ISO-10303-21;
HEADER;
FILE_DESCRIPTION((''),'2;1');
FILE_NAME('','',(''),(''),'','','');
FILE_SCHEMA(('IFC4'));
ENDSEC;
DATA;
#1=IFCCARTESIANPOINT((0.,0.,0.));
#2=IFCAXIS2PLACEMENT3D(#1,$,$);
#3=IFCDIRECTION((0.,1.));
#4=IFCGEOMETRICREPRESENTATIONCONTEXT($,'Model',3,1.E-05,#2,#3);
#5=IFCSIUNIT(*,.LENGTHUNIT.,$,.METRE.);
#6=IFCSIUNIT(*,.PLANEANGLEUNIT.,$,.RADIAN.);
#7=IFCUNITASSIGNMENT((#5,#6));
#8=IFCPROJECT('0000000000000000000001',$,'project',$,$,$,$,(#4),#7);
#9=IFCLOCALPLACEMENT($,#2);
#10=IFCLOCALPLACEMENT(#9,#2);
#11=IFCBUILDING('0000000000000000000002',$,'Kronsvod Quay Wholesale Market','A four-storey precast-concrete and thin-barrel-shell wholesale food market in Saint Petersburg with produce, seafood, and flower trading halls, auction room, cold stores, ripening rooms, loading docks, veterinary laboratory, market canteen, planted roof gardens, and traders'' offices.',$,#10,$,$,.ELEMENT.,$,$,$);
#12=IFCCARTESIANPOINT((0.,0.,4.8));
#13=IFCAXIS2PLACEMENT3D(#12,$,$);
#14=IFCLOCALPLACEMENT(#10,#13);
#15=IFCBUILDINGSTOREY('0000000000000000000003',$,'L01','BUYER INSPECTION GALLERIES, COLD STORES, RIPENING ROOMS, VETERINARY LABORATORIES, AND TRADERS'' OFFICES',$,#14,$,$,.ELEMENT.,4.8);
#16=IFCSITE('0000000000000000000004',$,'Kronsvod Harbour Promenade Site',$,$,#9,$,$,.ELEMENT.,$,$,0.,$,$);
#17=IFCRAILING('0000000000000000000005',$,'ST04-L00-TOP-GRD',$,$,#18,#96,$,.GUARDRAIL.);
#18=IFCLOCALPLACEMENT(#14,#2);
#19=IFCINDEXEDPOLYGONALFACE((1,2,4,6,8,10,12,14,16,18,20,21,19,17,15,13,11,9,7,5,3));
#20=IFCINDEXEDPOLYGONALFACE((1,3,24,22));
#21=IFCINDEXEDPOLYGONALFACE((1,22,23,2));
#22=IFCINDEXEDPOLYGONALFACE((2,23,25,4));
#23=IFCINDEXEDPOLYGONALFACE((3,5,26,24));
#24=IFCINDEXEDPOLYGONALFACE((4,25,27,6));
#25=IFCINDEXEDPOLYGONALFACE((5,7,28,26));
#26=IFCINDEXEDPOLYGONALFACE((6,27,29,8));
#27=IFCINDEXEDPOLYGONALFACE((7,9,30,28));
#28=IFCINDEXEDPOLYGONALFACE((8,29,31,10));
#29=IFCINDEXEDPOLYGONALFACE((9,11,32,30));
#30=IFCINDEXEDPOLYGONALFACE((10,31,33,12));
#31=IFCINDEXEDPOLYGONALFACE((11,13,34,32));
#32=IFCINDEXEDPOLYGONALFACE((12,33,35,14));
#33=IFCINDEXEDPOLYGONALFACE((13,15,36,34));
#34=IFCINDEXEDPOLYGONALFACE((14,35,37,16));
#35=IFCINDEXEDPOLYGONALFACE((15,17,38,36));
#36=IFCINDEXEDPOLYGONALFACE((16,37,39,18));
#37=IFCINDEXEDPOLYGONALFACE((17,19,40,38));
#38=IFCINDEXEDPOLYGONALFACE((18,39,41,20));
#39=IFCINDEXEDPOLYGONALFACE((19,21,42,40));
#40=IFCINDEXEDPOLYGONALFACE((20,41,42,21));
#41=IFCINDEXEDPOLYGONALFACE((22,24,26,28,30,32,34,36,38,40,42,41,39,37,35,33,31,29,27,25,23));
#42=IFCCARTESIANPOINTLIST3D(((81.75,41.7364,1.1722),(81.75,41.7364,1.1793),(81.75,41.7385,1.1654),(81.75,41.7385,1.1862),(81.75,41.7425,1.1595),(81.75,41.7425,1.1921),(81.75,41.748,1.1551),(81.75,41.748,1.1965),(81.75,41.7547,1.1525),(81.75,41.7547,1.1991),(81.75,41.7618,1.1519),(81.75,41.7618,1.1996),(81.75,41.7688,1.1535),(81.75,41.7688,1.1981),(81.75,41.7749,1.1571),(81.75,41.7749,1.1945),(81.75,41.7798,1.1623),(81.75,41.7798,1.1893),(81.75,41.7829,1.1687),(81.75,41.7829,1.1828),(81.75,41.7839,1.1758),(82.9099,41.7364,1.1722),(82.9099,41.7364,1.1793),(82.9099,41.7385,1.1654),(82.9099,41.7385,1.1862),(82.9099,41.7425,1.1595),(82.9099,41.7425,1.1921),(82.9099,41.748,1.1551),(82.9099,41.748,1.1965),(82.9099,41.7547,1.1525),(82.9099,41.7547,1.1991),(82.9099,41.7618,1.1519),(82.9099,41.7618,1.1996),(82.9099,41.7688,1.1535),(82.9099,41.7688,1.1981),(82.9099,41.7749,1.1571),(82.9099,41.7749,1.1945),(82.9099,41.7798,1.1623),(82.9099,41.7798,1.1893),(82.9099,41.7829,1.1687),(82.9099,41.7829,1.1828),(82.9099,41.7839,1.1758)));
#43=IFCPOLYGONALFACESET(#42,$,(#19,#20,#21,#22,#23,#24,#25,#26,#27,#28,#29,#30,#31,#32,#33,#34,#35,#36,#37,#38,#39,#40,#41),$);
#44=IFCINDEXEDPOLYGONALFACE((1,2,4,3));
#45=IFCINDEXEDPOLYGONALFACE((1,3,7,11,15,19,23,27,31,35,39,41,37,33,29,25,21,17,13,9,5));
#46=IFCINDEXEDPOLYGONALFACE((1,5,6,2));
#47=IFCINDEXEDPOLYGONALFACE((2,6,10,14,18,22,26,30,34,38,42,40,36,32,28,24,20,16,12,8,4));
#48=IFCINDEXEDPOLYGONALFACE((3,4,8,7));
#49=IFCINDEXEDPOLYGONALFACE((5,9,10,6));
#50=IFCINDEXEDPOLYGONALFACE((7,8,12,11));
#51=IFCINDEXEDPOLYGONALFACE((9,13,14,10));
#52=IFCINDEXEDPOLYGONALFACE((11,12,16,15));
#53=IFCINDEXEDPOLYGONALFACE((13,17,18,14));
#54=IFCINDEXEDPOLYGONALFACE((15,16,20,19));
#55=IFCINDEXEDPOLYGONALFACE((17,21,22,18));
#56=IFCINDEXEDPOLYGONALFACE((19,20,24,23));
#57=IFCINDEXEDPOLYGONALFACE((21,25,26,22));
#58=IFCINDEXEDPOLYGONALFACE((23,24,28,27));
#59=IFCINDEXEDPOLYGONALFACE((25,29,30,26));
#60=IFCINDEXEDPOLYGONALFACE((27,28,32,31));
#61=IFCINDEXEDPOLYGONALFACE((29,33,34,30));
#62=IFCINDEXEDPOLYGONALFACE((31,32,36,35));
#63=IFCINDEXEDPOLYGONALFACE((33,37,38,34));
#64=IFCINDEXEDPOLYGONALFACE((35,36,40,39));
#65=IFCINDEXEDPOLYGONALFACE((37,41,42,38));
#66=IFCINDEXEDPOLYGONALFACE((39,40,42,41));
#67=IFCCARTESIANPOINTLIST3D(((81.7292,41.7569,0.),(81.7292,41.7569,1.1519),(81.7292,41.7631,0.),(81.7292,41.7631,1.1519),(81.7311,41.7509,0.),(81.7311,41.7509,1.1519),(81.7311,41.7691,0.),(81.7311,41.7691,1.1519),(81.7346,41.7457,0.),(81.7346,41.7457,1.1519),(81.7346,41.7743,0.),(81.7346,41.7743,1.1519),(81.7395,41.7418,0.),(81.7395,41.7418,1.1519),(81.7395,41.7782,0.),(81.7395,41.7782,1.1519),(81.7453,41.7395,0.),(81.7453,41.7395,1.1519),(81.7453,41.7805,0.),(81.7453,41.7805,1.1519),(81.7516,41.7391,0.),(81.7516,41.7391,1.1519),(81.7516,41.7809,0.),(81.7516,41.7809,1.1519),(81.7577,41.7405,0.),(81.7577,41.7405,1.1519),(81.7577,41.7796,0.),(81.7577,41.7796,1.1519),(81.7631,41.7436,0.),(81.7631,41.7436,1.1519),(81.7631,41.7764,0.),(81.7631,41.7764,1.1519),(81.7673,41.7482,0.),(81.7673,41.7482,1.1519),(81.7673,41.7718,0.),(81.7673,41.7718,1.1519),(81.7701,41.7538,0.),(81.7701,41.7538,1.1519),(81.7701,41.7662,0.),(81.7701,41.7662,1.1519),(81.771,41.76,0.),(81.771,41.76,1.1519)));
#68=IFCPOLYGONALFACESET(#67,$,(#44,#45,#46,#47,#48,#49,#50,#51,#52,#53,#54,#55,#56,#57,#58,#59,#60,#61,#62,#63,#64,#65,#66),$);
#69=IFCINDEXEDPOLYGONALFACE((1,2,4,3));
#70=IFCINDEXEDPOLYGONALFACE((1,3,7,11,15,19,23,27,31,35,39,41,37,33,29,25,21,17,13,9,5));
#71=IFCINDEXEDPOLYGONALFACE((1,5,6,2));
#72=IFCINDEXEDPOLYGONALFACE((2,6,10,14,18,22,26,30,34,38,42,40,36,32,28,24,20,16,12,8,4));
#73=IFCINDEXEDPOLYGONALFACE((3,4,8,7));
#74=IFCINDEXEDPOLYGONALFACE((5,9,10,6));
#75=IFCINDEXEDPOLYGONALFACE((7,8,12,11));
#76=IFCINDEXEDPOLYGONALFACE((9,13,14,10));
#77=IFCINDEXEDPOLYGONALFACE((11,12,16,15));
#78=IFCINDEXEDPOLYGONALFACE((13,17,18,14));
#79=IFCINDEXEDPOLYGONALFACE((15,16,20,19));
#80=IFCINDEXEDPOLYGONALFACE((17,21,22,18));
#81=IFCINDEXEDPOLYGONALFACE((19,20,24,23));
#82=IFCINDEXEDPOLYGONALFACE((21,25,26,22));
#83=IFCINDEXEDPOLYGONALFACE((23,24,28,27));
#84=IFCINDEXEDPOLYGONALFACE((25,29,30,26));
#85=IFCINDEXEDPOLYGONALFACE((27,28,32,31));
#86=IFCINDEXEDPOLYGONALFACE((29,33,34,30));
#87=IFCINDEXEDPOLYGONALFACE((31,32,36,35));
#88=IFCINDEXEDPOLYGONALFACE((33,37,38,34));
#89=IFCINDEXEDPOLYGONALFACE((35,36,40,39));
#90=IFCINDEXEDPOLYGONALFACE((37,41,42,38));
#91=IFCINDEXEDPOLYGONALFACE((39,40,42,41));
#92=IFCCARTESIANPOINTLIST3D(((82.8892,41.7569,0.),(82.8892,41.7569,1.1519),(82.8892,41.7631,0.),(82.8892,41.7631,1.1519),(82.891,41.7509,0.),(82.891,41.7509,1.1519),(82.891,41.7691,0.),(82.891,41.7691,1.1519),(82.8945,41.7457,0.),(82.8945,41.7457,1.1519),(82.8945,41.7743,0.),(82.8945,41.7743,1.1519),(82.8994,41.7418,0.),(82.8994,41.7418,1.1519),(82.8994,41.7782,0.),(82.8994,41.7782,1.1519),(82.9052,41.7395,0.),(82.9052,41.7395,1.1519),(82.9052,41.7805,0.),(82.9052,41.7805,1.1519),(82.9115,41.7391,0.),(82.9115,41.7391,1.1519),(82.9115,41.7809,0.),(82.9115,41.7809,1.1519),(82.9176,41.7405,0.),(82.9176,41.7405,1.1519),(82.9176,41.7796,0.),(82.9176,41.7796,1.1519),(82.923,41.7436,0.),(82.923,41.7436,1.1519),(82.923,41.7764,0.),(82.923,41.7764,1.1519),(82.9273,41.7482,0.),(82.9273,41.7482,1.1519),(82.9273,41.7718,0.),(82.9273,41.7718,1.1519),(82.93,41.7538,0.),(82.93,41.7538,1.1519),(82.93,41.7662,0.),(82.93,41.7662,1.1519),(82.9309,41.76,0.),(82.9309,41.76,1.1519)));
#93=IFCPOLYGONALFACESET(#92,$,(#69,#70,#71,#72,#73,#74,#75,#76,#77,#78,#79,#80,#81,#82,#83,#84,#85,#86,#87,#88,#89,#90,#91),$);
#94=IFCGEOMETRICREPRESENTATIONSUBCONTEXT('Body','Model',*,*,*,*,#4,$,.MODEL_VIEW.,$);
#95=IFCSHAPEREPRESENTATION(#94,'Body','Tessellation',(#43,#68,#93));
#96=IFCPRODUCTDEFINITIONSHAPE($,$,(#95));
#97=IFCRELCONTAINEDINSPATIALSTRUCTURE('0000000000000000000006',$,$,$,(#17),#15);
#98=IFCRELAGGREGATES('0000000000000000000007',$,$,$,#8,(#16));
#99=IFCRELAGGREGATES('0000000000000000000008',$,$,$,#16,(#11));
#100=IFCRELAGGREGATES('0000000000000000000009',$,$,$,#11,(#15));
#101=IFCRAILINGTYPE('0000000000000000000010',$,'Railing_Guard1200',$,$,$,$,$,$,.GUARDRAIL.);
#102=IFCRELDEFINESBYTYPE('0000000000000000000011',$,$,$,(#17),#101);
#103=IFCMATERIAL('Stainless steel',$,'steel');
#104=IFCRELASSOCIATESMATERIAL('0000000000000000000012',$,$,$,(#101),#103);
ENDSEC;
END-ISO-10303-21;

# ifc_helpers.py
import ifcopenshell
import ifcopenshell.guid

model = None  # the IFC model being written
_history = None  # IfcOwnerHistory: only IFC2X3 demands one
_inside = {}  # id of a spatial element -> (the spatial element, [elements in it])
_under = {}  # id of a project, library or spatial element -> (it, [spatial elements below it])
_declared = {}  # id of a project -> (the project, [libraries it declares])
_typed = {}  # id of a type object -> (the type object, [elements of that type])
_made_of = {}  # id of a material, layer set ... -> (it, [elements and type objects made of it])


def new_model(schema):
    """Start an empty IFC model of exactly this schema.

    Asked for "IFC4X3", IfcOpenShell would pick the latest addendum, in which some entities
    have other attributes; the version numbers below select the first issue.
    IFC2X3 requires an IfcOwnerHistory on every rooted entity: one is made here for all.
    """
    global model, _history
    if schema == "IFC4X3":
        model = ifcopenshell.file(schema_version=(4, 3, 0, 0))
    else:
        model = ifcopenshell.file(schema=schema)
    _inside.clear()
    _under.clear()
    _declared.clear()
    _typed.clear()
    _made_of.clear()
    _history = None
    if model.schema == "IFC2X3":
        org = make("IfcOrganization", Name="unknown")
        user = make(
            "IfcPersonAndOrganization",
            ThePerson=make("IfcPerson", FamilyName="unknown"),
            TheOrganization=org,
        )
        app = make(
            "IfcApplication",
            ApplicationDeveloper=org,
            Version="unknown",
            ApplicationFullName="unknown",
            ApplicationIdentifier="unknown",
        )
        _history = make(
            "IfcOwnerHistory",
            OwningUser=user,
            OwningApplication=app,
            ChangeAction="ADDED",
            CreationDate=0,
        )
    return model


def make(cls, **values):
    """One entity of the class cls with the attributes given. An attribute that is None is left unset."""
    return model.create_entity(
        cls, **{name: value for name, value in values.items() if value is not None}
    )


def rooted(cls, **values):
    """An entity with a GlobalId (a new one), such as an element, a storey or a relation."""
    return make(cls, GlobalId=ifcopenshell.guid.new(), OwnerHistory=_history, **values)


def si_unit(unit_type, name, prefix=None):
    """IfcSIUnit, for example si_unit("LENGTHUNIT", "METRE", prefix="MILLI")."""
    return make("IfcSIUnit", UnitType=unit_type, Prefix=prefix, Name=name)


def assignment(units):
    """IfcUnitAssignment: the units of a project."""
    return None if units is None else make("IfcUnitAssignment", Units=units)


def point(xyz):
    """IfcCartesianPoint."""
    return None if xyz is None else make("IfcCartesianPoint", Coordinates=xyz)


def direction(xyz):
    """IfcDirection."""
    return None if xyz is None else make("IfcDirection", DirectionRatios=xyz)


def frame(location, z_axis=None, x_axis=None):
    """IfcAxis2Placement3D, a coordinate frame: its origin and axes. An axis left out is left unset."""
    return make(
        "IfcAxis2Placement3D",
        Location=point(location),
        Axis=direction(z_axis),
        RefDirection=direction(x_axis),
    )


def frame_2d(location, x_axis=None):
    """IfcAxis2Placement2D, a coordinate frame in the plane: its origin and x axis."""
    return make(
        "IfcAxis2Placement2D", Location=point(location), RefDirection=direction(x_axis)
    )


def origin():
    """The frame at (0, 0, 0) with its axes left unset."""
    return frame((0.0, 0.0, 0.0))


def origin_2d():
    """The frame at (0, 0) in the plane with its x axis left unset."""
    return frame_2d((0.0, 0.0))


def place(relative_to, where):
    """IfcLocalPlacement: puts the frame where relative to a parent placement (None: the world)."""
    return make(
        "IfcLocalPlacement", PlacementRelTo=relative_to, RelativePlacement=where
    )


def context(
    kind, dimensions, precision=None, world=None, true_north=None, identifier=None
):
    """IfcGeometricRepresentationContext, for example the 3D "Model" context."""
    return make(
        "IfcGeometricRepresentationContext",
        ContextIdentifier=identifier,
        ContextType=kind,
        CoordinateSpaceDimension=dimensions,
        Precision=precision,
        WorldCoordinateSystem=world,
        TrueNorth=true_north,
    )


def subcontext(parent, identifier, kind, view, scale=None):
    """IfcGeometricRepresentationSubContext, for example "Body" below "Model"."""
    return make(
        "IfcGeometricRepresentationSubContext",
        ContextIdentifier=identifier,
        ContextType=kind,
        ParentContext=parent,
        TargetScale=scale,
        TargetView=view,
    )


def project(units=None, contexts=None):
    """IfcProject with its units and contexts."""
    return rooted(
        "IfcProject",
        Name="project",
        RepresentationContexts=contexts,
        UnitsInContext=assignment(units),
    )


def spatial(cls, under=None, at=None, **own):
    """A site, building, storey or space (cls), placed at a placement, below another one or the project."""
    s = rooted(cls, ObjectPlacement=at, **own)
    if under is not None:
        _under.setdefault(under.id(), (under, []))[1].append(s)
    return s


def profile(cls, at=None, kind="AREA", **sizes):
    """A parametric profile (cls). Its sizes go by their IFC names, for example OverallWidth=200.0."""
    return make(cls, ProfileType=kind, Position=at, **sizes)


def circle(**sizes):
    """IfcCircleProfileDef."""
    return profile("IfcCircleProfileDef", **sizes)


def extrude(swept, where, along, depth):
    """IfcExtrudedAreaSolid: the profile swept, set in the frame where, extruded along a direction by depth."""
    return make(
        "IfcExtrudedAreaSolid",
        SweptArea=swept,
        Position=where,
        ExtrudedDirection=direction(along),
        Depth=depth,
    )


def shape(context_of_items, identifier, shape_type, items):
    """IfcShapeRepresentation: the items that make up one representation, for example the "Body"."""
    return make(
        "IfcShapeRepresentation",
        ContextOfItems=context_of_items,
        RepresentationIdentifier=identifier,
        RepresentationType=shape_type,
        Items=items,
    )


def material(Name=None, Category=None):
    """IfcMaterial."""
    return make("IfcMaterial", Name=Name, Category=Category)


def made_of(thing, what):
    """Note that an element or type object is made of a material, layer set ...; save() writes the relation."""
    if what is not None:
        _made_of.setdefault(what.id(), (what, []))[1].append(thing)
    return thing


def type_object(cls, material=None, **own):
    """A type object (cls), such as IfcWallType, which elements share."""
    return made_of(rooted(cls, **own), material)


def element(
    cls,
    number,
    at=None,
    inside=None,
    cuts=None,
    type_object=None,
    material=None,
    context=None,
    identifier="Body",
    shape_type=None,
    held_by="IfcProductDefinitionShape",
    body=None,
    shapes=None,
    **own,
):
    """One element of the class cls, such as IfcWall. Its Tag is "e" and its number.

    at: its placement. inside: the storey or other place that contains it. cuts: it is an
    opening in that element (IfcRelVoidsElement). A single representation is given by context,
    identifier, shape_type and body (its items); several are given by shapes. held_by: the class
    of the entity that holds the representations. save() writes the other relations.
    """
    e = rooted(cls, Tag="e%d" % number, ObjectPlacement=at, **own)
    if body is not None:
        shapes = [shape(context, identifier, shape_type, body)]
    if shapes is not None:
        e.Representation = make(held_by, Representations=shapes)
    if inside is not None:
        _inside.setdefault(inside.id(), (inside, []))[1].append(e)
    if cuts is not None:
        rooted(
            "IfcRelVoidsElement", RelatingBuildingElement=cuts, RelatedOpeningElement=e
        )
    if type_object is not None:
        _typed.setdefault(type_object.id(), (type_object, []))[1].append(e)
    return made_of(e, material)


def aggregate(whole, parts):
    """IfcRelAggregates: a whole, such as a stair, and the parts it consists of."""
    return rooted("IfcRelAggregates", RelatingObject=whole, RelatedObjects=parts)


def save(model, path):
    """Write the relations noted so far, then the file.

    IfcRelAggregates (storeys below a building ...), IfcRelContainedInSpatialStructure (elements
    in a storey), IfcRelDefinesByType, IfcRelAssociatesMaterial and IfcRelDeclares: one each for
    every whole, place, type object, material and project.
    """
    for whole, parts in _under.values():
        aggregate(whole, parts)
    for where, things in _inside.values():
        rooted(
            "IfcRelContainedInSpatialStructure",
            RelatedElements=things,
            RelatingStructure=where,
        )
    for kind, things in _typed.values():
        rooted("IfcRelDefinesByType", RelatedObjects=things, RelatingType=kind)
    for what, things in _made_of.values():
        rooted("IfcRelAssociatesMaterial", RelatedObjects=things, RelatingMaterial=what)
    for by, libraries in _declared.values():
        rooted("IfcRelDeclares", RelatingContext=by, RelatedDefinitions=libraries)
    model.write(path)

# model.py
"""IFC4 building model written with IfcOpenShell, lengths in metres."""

from ifc_helpers import new_model, si_unit, direction, frame, origin, origin_2d, place, context, subcontext, project, spatial, circle, extrude, material, type_object, element, save


model = new_model("IFC4")

# Units and contexts
model_context = context("Model", 3, precision=1e-05, world=origin(), true_north=direction((0.0, 1.0)))
body_context = subcontext(model_context, "Body", "Model", "MODEL_VIEW")
ifc_project = project(units=[si_unit("LENGTHUNIT", "METRE"), si_unit("PLANEANGLEUNIT", "RADIAN")], contexts=[model_context])

# Site, building, storey
site_placement = place(None, origin())
site = spatial("IfcSite", under=ifc_project, at=site_placement, Name="Kronsvod Harbour Promenade Site", CompositionType="ELEMENT", RefElevation=0.0)
building_placement = place(site_placement, origin())
building = spatial("IfcBuilding", under=site, at=building_placement, Name="Kronsvod Quay Wholesale Market", Description="A four-storey precast-concrete and thin-barrel-shell wholesale food market in Saint Petersburg with produce, seafood, and flower trading halls, auction room, cold stores, ripening rooms, loading docks, veterinary laboratory, market canteen, planted roof gardens, and traders' offices.", CompositionType="ELEMENT")
storey_placement = place(building_placement, frame((0.0, 0.0, 4.8)))
storey = spatial("IfcBuildingStorey", under=building, at=storey_placement, Name="L01", Description="BUYER INSPECTION GALLERIES, COLD STORES, RIPENING ROOMS, VETERINARY LABORATORIES, AND TRADERS' OFFICES", CompositionType="ELEMENT", Elevation=4.8)

# Railing
ifc_material_1 = material(Name="Stainless steel", Category="steel")
railing_type_1 = type_object("IfcRailingType", Name="Railing_Guard1200", PredefinedType="GUARDRAIL", material=ifc_material_1)
railing_1_placement = place(storey_placement, frame((81.75, 41.76, 0.0)))
element("IfcRailing", 1, at=railing_1_placement, inside=storey, type_object=railing_type_1, Name="ST04-L00-TOP-GRD", PredefinedType="GUARDRAIL", context=body_context, shape_type="SweptSolid", body=[
    extrude(circle(Radius=0.0239, at=origin_2d()), frame((0.0, 0.0, 1.1758), z_axis=(1.0, 0.0, 0.0), x_axis=(0.0, 1.0, 0.0)), (0.0, 0.0, 1.0), 1.1599),
    extrude(circle(Radius=0.021, at=origin_2d()), origin(), (0.0, 0.0, 1.0), 1.1519),
    extrude(circle(Radius=0.021, at=origin_2d()), frame((1.1599, 0.0, 0.0)), (0.0, 0.0, 1.0), 1.1519),
])

save(model, "model.ifc")
